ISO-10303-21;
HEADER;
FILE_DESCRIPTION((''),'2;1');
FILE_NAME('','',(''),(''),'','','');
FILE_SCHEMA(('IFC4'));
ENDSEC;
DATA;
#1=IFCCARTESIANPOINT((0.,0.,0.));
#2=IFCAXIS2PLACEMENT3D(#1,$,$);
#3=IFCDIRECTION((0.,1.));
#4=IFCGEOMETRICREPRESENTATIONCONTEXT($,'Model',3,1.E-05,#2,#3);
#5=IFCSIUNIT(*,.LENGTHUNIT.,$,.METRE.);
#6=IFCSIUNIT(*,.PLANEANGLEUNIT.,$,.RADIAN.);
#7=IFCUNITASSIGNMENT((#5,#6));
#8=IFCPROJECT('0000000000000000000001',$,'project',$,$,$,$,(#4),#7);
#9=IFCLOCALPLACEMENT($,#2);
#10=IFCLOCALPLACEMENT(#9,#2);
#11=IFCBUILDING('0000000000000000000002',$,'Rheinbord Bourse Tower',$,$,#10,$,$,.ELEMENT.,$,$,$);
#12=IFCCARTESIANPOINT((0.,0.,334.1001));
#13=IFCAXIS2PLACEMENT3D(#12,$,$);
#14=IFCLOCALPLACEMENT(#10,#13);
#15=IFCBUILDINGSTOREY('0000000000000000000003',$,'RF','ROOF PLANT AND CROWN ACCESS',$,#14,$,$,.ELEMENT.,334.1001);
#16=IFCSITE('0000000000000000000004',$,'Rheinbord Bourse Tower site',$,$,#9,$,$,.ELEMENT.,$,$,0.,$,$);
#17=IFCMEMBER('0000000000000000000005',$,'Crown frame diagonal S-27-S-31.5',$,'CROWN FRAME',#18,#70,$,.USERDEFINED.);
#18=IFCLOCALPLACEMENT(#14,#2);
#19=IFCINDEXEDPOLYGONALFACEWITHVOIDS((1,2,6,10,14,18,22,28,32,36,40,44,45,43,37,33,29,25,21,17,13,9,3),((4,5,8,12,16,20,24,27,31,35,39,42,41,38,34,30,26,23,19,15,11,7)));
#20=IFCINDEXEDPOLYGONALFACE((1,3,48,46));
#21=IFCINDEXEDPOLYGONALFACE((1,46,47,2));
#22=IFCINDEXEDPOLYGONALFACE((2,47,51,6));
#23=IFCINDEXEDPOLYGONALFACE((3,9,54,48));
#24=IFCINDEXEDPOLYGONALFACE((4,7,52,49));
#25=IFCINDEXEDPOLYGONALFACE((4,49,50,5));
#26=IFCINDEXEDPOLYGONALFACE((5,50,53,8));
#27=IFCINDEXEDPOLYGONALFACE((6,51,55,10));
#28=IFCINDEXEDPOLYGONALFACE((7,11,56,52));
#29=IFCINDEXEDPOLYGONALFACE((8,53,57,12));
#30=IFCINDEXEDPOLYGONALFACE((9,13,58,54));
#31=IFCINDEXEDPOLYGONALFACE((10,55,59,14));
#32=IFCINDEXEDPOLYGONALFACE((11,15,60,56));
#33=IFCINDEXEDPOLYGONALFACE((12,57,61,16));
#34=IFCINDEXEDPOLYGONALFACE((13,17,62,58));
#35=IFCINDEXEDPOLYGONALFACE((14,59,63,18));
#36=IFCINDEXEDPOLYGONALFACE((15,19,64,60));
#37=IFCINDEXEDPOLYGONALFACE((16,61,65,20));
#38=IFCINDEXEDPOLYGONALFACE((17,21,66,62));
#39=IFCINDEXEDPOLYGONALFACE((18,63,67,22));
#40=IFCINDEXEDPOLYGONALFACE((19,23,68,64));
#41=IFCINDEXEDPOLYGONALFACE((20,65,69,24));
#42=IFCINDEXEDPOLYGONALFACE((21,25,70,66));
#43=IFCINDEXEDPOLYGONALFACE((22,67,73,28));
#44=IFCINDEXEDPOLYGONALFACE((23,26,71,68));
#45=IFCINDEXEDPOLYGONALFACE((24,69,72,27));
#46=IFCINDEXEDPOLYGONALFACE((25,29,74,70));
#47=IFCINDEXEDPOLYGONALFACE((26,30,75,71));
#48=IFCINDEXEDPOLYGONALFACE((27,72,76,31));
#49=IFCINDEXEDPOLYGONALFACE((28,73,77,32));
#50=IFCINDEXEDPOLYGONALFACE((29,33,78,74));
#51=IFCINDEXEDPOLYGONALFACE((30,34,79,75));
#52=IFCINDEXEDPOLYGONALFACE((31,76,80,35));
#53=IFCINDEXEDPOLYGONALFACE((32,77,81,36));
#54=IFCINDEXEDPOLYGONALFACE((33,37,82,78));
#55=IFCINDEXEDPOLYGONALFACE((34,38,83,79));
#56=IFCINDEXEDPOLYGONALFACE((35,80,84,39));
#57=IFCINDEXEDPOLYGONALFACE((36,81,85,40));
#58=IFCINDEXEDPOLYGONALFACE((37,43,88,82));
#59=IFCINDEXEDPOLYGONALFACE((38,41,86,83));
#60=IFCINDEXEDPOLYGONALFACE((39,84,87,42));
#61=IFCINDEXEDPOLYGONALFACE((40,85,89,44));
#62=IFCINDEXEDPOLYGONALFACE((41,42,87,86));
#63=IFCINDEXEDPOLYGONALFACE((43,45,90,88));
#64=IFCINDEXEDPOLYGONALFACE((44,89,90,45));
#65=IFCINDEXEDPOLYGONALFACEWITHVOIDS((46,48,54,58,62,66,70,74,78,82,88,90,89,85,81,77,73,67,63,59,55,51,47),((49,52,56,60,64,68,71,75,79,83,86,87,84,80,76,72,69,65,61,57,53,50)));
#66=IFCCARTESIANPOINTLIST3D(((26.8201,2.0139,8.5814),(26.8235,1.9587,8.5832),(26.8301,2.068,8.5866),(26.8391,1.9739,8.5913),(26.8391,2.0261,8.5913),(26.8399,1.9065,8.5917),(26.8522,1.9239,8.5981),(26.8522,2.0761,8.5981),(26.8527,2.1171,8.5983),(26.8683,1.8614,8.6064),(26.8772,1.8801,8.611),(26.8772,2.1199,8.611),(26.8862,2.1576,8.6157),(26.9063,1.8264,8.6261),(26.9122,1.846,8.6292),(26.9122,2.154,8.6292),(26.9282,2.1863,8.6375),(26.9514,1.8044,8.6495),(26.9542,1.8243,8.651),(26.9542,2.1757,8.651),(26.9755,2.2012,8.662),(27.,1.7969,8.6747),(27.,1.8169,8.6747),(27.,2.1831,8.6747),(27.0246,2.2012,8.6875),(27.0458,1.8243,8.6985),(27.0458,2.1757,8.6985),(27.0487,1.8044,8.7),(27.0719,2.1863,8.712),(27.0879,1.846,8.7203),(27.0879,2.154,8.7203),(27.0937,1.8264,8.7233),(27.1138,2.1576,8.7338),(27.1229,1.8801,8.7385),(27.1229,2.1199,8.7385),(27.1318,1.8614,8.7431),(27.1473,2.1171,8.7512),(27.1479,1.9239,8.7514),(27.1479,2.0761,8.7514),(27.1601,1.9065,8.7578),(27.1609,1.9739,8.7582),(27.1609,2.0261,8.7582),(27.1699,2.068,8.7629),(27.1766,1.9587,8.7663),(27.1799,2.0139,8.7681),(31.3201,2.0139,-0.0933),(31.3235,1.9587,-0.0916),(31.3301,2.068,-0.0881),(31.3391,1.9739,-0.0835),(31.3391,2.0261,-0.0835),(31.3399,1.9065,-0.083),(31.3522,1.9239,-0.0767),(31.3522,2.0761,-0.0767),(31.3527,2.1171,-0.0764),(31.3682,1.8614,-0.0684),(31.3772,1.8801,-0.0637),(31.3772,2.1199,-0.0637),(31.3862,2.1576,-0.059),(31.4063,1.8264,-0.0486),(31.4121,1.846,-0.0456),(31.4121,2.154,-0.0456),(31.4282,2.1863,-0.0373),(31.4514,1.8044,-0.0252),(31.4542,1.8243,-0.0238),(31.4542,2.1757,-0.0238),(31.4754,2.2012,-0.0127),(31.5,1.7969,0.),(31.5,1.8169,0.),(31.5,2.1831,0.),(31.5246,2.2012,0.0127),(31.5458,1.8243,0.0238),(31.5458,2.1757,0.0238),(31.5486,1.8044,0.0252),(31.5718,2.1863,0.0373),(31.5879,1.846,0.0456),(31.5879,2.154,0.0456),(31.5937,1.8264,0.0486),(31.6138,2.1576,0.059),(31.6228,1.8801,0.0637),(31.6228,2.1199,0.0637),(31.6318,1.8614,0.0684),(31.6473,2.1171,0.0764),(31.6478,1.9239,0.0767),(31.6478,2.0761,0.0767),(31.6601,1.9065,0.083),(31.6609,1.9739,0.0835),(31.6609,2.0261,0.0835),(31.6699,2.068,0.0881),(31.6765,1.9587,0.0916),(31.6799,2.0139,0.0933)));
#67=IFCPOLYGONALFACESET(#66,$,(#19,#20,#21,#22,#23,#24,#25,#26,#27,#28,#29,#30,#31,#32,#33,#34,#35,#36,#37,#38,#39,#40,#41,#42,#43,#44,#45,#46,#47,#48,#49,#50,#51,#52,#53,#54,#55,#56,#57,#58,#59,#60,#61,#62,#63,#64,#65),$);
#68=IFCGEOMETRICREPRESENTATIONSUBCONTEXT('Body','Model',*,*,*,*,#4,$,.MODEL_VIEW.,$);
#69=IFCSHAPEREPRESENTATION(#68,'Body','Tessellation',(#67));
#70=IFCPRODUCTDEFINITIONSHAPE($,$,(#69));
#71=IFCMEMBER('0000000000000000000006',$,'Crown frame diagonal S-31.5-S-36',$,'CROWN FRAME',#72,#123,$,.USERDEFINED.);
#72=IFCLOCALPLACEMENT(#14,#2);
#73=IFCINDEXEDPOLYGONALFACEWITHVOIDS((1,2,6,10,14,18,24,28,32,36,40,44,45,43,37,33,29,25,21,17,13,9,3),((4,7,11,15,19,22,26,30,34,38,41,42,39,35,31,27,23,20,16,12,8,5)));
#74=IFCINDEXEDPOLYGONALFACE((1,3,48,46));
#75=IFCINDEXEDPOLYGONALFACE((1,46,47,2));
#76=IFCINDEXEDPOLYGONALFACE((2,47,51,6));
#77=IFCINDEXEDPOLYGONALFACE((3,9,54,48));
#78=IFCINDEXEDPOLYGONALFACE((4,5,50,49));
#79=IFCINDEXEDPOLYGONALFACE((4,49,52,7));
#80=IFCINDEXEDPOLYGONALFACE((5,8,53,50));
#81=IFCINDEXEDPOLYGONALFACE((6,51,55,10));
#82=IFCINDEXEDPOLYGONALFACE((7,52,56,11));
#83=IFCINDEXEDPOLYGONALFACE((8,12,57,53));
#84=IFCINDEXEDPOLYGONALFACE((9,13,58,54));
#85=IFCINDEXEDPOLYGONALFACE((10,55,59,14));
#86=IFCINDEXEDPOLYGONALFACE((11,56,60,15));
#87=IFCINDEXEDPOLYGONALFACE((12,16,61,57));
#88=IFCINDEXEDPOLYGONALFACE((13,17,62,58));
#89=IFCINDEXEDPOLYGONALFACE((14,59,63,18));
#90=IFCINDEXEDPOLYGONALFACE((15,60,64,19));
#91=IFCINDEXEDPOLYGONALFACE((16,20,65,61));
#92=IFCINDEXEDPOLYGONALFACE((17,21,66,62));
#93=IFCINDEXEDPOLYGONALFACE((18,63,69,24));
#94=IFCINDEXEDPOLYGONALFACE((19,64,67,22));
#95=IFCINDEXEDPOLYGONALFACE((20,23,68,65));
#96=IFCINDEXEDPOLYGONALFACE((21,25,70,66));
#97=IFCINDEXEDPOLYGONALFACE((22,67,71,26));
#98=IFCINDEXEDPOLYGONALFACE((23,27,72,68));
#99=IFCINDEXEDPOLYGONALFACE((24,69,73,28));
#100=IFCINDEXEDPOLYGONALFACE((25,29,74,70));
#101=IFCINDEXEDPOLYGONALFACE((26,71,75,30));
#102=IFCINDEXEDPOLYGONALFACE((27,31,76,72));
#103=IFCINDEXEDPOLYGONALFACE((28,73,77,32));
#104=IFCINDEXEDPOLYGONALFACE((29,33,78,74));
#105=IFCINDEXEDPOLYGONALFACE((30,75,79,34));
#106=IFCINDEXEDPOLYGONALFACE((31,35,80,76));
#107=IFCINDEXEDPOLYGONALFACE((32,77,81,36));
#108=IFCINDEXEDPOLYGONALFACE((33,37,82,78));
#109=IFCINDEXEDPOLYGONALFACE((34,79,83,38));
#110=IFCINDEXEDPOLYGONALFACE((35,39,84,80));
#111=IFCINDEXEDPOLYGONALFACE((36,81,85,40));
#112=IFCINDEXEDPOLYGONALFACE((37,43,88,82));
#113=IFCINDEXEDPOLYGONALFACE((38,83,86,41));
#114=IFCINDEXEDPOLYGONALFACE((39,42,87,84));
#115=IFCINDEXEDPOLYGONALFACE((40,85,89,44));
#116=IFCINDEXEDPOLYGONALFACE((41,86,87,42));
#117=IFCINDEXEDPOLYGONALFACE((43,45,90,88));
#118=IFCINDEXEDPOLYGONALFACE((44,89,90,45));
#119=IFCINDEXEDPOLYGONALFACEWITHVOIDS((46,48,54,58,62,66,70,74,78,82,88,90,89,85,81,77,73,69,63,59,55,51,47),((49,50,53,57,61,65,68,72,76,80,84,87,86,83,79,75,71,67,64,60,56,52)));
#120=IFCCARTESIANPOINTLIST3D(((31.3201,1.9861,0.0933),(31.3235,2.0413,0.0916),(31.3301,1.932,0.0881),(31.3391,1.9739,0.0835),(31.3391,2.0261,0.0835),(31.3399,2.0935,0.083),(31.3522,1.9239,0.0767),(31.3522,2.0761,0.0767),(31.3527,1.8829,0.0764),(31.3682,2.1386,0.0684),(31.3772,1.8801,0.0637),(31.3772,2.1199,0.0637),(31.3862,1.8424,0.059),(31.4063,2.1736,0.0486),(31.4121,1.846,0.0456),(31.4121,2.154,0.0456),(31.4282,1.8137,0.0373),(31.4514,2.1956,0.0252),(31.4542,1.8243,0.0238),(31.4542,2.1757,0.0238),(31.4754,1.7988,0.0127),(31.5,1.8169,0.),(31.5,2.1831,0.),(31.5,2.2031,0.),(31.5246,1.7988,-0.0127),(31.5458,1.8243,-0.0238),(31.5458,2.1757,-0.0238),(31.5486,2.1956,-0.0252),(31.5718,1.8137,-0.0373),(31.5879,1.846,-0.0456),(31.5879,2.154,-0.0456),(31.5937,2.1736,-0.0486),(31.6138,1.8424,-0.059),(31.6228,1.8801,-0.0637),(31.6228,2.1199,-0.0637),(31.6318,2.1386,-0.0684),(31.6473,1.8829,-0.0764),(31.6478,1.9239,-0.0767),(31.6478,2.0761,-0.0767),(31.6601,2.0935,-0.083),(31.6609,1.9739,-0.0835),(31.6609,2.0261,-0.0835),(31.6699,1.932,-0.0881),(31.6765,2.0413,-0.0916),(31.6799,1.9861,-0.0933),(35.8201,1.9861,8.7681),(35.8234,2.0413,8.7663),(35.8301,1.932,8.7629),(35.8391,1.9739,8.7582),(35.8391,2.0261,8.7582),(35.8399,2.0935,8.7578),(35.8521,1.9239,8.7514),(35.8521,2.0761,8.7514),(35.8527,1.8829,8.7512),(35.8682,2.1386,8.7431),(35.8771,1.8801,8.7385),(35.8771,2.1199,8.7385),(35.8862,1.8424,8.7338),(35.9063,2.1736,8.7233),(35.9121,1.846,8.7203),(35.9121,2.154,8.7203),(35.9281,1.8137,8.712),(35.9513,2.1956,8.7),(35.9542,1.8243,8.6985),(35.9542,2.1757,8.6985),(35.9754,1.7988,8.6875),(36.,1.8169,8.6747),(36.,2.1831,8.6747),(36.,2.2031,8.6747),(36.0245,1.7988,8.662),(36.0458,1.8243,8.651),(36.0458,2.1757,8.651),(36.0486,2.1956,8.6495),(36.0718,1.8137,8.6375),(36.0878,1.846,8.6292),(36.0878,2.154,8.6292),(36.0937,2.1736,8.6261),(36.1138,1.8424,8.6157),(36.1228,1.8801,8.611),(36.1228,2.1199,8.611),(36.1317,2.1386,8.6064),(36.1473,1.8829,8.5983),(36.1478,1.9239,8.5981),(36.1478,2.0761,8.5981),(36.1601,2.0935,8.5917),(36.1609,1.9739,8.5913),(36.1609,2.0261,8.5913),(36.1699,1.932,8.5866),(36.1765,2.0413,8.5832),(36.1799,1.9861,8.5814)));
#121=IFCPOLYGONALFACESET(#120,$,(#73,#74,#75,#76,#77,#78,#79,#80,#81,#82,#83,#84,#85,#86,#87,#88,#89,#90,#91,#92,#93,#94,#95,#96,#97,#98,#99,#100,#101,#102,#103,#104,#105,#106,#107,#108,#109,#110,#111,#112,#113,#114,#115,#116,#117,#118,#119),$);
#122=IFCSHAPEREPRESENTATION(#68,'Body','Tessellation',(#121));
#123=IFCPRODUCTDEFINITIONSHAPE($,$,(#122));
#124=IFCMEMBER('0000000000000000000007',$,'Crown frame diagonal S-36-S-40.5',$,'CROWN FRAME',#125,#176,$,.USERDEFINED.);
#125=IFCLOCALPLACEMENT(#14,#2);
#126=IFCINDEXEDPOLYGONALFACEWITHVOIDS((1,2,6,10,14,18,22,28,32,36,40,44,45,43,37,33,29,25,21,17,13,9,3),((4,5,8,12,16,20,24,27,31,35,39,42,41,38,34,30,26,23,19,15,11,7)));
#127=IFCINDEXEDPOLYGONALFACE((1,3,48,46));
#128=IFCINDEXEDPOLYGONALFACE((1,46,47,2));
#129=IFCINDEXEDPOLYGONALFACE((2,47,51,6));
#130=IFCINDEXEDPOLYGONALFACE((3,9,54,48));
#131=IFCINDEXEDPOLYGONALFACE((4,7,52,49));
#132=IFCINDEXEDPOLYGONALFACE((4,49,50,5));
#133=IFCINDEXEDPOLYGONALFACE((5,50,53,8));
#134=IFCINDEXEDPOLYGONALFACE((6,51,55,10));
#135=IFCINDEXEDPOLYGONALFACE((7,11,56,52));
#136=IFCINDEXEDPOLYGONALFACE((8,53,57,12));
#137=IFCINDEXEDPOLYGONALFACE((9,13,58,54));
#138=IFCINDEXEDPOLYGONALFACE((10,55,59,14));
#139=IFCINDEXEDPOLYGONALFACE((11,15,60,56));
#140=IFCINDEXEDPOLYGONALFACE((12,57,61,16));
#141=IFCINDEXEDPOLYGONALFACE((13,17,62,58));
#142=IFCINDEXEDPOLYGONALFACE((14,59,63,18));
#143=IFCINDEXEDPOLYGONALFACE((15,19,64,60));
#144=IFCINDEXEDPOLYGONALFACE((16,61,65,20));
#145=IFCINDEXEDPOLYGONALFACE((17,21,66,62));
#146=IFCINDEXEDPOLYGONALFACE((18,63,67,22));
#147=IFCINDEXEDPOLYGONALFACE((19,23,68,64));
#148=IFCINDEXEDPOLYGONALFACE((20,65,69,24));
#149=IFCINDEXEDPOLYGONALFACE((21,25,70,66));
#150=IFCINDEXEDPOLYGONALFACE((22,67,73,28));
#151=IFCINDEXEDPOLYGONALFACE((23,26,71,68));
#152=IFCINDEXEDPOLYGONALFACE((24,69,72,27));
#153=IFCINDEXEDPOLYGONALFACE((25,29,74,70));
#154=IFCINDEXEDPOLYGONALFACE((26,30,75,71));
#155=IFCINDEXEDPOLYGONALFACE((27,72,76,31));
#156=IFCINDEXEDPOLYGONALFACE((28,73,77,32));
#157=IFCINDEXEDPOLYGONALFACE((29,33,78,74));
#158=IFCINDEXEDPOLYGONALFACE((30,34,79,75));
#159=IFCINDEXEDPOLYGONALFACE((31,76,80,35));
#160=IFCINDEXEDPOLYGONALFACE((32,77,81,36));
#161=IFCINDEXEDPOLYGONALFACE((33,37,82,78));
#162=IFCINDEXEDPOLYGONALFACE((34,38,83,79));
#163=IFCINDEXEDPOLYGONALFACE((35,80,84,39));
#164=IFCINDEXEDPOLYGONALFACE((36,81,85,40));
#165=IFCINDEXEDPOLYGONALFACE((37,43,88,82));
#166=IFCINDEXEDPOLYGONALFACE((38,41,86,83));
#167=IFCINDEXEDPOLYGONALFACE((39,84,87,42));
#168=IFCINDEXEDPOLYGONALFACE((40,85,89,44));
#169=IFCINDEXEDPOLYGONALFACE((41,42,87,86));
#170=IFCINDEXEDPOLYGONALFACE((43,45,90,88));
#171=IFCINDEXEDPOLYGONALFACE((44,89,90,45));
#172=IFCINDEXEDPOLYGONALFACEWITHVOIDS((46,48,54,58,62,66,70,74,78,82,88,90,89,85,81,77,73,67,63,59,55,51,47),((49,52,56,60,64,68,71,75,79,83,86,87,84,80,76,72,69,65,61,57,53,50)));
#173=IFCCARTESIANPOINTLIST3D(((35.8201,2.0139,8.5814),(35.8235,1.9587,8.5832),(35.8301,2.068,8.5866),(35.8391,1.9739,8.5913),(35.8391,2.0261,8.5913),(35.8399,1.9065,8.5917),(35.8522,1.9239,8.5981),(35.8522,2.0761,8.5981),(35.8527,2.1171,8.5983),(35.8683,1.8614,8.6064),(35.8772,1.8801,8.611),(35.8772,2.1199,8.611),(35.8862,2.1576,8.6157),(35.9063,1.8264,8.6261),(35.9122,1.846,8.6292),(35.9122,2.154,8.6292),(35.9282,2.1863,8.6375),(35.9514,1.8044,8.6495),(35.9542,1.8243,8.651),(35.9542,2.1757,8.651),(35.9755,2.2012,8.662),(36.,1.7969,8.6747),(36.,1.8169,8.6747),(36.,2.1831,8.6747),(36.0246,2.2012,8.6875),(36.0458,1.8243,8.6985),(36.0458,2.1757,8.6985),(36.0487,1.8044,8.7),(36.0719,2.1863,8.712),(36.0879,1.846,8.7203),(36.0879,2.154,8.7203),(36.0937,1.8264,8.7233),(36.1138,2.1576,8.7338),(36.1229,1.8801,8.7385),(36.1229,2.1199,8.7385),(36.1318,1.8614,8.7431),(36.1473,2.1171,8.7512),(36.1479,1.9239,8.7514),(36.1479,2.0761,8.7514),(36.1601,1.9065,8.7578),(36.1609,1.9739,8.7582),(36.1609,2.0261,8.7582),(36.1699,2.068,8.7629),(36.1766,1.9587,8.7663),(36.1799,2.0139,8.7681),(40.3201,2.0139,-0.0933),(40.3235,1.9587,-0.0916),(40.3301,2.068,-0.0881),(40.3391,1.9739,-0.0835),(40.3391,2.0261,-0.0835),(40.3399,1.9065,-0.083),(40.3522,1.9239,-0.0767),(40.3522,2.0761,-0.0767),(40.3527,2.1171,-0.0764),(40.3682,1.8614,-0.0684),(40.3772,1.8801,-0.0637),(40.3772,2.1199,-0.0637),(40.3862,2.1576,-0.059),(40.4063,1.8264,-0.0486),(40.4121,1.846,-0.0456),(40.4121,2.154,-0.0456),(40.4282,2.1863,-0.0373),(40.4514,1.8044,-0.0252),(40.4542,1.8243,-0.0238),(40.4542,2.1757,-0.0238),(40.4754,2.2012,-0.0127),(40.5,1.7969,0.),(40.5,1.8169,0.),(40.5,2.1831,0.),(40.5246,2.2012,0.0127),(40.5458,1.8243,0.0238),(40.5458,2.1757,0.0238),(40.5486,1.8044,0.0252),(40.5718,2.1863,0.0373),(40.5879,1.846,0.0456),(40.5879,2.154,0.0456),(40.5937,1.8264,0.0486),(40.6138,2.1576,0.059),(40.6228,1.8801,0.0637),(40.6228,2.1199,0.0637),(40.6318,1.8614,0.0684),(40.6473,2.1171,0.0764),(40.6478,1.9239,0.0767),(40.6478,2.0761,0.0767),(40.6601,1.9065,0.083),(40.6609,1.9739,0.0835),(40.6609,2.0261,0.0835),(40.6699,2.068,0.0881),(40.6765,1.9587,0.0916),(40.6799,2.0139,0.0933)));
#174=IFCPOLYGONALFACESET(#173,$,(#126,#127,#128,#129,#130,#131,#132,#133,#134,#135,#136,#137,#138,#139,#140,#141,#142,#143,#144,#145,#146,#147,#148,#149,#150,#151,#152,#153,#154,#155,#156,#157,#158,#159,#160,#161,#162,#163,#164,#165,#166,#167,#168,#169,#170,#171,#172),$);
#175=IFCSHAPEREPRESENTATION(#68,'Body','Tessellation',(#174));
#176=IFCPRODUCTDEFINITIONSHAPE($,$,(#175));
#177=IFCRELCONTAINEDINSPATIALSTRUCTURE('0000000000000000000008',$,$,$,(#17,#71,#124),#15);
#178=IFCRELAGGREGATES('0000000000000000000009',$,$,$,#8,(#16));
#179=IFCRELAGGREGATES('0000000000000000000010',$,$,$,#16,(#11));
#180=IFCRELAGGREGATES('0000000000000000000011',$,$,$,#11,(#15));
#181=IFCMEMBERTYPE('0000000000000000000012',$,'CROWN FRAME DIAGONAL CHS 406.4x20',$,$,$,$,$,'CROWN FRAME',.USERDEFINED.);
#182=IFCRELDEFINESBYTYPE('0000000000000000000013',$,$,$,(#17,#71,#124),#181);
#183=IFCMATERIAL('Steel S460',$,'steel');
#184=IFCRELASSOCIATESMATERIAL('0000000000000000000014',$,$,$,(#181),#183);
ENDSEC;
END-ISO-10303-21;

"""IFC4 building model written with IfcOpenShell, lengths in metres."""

from ifc_helpers import new_model, si_unit, direction, frame, origin, origin_2d, place, context, subcontext, project, spatial, hollow_circle, extrude, material, material_profile, profile_set, type_object, element, save


model = new_model("IFC4")

# Units and contexts
model_context = context("Model", 3, precision=1e-05, world=origin(), true_north=direction((0.0, 1.0)))
body_context = subcontext(model_context, "Body", "Model", "MODEL_VIEW")
ifc_project = project(units=[si_unit("LENGTHUNIT", "METRE"), si_unit("PLANEANGLEUNIT", "RADIAN")], contexts=[model_context])

# Site, building, storey
site_placement = place(None, origin())
site = spatial("IfcSite", under=ifc_project, at=site_placement, Name="Rheinbord Bourse Tower site", CompositionType="ELEMENT", RefElevation=0.0)
building_placement = place(site_placement, origin())
building = spatial("IfcBuilding", under=site, at=building_placement, Name="Rheinbord Bourse Tower", CompositionType="ELEMENT")
storey_placement = place(building_placement, frame((0.0, 0.0, 334.1001)))
storey = spatial("IfcBuildingStorey", under=building, at=storey_placement, Name="RF", Description="ROOF PLANT AND CROWN ACCESS", CompositionType="ELEMENT", Elevation=334.1001)

# Members
ifc_material_1 = material(Name="Steel S460", Category="steel")
ifc_material_profile_1 = material_profile(ifc_material_1, hollow_circle(Radius=0.2031, WallThickness=0.02, at=origin_2d()), Name="CHS 406.4x20")
ifc_profile_set_1 = profile_set([ifc_material_profile_1], Name="Steel S460")
member_type = type_object("IfcMemberType", Name="CROWN FRAME DIAGONAL CHS 406.4x20", ElementType="CROWN FRAME", PredefinedType="USERDEFINED", material=ifc_profile_set_1)
for number, where, z_axis, x_axis, name in (
    (1, (31.5, 2.0, 0.0), (-0.460475, 0.0, 0.887673), (0.0, -1.0, 0.0), "Crown frame diagonal S-27-S-31.5"),
    (2, (31.5, 2.0, 0.0), (0.460475, 0.0, 0.887673), (0.0, 1.0, 0.0), "Crown frame diagonal S-31.5-S-36"),
    (3, (40.5, 2.0, 0.0), (-0.460475, 0.0, 0.887673), (0.0, -1.0, 0.0), "Crown frame diagonal S-36-S-40.5"),
):
    element("IfcMember", number, at=place(storey_placement, frame(where, z_axis=z_axis, x_axis=x_axis)), inside=storey, type_object=member_type, Name=name, ObjectType="CROWN FRAME", PredefinedType="USERDEFINED", context=body_context, shape_type="SweptSolid", body=[
        extrude(hollow_circle(Radius=0.2031, WallThickness=0.02, at=origin_2d()), origin(), (0.0, 0.0, 1.0), 9.7725),
    ])

save(model, "model.ifc")
